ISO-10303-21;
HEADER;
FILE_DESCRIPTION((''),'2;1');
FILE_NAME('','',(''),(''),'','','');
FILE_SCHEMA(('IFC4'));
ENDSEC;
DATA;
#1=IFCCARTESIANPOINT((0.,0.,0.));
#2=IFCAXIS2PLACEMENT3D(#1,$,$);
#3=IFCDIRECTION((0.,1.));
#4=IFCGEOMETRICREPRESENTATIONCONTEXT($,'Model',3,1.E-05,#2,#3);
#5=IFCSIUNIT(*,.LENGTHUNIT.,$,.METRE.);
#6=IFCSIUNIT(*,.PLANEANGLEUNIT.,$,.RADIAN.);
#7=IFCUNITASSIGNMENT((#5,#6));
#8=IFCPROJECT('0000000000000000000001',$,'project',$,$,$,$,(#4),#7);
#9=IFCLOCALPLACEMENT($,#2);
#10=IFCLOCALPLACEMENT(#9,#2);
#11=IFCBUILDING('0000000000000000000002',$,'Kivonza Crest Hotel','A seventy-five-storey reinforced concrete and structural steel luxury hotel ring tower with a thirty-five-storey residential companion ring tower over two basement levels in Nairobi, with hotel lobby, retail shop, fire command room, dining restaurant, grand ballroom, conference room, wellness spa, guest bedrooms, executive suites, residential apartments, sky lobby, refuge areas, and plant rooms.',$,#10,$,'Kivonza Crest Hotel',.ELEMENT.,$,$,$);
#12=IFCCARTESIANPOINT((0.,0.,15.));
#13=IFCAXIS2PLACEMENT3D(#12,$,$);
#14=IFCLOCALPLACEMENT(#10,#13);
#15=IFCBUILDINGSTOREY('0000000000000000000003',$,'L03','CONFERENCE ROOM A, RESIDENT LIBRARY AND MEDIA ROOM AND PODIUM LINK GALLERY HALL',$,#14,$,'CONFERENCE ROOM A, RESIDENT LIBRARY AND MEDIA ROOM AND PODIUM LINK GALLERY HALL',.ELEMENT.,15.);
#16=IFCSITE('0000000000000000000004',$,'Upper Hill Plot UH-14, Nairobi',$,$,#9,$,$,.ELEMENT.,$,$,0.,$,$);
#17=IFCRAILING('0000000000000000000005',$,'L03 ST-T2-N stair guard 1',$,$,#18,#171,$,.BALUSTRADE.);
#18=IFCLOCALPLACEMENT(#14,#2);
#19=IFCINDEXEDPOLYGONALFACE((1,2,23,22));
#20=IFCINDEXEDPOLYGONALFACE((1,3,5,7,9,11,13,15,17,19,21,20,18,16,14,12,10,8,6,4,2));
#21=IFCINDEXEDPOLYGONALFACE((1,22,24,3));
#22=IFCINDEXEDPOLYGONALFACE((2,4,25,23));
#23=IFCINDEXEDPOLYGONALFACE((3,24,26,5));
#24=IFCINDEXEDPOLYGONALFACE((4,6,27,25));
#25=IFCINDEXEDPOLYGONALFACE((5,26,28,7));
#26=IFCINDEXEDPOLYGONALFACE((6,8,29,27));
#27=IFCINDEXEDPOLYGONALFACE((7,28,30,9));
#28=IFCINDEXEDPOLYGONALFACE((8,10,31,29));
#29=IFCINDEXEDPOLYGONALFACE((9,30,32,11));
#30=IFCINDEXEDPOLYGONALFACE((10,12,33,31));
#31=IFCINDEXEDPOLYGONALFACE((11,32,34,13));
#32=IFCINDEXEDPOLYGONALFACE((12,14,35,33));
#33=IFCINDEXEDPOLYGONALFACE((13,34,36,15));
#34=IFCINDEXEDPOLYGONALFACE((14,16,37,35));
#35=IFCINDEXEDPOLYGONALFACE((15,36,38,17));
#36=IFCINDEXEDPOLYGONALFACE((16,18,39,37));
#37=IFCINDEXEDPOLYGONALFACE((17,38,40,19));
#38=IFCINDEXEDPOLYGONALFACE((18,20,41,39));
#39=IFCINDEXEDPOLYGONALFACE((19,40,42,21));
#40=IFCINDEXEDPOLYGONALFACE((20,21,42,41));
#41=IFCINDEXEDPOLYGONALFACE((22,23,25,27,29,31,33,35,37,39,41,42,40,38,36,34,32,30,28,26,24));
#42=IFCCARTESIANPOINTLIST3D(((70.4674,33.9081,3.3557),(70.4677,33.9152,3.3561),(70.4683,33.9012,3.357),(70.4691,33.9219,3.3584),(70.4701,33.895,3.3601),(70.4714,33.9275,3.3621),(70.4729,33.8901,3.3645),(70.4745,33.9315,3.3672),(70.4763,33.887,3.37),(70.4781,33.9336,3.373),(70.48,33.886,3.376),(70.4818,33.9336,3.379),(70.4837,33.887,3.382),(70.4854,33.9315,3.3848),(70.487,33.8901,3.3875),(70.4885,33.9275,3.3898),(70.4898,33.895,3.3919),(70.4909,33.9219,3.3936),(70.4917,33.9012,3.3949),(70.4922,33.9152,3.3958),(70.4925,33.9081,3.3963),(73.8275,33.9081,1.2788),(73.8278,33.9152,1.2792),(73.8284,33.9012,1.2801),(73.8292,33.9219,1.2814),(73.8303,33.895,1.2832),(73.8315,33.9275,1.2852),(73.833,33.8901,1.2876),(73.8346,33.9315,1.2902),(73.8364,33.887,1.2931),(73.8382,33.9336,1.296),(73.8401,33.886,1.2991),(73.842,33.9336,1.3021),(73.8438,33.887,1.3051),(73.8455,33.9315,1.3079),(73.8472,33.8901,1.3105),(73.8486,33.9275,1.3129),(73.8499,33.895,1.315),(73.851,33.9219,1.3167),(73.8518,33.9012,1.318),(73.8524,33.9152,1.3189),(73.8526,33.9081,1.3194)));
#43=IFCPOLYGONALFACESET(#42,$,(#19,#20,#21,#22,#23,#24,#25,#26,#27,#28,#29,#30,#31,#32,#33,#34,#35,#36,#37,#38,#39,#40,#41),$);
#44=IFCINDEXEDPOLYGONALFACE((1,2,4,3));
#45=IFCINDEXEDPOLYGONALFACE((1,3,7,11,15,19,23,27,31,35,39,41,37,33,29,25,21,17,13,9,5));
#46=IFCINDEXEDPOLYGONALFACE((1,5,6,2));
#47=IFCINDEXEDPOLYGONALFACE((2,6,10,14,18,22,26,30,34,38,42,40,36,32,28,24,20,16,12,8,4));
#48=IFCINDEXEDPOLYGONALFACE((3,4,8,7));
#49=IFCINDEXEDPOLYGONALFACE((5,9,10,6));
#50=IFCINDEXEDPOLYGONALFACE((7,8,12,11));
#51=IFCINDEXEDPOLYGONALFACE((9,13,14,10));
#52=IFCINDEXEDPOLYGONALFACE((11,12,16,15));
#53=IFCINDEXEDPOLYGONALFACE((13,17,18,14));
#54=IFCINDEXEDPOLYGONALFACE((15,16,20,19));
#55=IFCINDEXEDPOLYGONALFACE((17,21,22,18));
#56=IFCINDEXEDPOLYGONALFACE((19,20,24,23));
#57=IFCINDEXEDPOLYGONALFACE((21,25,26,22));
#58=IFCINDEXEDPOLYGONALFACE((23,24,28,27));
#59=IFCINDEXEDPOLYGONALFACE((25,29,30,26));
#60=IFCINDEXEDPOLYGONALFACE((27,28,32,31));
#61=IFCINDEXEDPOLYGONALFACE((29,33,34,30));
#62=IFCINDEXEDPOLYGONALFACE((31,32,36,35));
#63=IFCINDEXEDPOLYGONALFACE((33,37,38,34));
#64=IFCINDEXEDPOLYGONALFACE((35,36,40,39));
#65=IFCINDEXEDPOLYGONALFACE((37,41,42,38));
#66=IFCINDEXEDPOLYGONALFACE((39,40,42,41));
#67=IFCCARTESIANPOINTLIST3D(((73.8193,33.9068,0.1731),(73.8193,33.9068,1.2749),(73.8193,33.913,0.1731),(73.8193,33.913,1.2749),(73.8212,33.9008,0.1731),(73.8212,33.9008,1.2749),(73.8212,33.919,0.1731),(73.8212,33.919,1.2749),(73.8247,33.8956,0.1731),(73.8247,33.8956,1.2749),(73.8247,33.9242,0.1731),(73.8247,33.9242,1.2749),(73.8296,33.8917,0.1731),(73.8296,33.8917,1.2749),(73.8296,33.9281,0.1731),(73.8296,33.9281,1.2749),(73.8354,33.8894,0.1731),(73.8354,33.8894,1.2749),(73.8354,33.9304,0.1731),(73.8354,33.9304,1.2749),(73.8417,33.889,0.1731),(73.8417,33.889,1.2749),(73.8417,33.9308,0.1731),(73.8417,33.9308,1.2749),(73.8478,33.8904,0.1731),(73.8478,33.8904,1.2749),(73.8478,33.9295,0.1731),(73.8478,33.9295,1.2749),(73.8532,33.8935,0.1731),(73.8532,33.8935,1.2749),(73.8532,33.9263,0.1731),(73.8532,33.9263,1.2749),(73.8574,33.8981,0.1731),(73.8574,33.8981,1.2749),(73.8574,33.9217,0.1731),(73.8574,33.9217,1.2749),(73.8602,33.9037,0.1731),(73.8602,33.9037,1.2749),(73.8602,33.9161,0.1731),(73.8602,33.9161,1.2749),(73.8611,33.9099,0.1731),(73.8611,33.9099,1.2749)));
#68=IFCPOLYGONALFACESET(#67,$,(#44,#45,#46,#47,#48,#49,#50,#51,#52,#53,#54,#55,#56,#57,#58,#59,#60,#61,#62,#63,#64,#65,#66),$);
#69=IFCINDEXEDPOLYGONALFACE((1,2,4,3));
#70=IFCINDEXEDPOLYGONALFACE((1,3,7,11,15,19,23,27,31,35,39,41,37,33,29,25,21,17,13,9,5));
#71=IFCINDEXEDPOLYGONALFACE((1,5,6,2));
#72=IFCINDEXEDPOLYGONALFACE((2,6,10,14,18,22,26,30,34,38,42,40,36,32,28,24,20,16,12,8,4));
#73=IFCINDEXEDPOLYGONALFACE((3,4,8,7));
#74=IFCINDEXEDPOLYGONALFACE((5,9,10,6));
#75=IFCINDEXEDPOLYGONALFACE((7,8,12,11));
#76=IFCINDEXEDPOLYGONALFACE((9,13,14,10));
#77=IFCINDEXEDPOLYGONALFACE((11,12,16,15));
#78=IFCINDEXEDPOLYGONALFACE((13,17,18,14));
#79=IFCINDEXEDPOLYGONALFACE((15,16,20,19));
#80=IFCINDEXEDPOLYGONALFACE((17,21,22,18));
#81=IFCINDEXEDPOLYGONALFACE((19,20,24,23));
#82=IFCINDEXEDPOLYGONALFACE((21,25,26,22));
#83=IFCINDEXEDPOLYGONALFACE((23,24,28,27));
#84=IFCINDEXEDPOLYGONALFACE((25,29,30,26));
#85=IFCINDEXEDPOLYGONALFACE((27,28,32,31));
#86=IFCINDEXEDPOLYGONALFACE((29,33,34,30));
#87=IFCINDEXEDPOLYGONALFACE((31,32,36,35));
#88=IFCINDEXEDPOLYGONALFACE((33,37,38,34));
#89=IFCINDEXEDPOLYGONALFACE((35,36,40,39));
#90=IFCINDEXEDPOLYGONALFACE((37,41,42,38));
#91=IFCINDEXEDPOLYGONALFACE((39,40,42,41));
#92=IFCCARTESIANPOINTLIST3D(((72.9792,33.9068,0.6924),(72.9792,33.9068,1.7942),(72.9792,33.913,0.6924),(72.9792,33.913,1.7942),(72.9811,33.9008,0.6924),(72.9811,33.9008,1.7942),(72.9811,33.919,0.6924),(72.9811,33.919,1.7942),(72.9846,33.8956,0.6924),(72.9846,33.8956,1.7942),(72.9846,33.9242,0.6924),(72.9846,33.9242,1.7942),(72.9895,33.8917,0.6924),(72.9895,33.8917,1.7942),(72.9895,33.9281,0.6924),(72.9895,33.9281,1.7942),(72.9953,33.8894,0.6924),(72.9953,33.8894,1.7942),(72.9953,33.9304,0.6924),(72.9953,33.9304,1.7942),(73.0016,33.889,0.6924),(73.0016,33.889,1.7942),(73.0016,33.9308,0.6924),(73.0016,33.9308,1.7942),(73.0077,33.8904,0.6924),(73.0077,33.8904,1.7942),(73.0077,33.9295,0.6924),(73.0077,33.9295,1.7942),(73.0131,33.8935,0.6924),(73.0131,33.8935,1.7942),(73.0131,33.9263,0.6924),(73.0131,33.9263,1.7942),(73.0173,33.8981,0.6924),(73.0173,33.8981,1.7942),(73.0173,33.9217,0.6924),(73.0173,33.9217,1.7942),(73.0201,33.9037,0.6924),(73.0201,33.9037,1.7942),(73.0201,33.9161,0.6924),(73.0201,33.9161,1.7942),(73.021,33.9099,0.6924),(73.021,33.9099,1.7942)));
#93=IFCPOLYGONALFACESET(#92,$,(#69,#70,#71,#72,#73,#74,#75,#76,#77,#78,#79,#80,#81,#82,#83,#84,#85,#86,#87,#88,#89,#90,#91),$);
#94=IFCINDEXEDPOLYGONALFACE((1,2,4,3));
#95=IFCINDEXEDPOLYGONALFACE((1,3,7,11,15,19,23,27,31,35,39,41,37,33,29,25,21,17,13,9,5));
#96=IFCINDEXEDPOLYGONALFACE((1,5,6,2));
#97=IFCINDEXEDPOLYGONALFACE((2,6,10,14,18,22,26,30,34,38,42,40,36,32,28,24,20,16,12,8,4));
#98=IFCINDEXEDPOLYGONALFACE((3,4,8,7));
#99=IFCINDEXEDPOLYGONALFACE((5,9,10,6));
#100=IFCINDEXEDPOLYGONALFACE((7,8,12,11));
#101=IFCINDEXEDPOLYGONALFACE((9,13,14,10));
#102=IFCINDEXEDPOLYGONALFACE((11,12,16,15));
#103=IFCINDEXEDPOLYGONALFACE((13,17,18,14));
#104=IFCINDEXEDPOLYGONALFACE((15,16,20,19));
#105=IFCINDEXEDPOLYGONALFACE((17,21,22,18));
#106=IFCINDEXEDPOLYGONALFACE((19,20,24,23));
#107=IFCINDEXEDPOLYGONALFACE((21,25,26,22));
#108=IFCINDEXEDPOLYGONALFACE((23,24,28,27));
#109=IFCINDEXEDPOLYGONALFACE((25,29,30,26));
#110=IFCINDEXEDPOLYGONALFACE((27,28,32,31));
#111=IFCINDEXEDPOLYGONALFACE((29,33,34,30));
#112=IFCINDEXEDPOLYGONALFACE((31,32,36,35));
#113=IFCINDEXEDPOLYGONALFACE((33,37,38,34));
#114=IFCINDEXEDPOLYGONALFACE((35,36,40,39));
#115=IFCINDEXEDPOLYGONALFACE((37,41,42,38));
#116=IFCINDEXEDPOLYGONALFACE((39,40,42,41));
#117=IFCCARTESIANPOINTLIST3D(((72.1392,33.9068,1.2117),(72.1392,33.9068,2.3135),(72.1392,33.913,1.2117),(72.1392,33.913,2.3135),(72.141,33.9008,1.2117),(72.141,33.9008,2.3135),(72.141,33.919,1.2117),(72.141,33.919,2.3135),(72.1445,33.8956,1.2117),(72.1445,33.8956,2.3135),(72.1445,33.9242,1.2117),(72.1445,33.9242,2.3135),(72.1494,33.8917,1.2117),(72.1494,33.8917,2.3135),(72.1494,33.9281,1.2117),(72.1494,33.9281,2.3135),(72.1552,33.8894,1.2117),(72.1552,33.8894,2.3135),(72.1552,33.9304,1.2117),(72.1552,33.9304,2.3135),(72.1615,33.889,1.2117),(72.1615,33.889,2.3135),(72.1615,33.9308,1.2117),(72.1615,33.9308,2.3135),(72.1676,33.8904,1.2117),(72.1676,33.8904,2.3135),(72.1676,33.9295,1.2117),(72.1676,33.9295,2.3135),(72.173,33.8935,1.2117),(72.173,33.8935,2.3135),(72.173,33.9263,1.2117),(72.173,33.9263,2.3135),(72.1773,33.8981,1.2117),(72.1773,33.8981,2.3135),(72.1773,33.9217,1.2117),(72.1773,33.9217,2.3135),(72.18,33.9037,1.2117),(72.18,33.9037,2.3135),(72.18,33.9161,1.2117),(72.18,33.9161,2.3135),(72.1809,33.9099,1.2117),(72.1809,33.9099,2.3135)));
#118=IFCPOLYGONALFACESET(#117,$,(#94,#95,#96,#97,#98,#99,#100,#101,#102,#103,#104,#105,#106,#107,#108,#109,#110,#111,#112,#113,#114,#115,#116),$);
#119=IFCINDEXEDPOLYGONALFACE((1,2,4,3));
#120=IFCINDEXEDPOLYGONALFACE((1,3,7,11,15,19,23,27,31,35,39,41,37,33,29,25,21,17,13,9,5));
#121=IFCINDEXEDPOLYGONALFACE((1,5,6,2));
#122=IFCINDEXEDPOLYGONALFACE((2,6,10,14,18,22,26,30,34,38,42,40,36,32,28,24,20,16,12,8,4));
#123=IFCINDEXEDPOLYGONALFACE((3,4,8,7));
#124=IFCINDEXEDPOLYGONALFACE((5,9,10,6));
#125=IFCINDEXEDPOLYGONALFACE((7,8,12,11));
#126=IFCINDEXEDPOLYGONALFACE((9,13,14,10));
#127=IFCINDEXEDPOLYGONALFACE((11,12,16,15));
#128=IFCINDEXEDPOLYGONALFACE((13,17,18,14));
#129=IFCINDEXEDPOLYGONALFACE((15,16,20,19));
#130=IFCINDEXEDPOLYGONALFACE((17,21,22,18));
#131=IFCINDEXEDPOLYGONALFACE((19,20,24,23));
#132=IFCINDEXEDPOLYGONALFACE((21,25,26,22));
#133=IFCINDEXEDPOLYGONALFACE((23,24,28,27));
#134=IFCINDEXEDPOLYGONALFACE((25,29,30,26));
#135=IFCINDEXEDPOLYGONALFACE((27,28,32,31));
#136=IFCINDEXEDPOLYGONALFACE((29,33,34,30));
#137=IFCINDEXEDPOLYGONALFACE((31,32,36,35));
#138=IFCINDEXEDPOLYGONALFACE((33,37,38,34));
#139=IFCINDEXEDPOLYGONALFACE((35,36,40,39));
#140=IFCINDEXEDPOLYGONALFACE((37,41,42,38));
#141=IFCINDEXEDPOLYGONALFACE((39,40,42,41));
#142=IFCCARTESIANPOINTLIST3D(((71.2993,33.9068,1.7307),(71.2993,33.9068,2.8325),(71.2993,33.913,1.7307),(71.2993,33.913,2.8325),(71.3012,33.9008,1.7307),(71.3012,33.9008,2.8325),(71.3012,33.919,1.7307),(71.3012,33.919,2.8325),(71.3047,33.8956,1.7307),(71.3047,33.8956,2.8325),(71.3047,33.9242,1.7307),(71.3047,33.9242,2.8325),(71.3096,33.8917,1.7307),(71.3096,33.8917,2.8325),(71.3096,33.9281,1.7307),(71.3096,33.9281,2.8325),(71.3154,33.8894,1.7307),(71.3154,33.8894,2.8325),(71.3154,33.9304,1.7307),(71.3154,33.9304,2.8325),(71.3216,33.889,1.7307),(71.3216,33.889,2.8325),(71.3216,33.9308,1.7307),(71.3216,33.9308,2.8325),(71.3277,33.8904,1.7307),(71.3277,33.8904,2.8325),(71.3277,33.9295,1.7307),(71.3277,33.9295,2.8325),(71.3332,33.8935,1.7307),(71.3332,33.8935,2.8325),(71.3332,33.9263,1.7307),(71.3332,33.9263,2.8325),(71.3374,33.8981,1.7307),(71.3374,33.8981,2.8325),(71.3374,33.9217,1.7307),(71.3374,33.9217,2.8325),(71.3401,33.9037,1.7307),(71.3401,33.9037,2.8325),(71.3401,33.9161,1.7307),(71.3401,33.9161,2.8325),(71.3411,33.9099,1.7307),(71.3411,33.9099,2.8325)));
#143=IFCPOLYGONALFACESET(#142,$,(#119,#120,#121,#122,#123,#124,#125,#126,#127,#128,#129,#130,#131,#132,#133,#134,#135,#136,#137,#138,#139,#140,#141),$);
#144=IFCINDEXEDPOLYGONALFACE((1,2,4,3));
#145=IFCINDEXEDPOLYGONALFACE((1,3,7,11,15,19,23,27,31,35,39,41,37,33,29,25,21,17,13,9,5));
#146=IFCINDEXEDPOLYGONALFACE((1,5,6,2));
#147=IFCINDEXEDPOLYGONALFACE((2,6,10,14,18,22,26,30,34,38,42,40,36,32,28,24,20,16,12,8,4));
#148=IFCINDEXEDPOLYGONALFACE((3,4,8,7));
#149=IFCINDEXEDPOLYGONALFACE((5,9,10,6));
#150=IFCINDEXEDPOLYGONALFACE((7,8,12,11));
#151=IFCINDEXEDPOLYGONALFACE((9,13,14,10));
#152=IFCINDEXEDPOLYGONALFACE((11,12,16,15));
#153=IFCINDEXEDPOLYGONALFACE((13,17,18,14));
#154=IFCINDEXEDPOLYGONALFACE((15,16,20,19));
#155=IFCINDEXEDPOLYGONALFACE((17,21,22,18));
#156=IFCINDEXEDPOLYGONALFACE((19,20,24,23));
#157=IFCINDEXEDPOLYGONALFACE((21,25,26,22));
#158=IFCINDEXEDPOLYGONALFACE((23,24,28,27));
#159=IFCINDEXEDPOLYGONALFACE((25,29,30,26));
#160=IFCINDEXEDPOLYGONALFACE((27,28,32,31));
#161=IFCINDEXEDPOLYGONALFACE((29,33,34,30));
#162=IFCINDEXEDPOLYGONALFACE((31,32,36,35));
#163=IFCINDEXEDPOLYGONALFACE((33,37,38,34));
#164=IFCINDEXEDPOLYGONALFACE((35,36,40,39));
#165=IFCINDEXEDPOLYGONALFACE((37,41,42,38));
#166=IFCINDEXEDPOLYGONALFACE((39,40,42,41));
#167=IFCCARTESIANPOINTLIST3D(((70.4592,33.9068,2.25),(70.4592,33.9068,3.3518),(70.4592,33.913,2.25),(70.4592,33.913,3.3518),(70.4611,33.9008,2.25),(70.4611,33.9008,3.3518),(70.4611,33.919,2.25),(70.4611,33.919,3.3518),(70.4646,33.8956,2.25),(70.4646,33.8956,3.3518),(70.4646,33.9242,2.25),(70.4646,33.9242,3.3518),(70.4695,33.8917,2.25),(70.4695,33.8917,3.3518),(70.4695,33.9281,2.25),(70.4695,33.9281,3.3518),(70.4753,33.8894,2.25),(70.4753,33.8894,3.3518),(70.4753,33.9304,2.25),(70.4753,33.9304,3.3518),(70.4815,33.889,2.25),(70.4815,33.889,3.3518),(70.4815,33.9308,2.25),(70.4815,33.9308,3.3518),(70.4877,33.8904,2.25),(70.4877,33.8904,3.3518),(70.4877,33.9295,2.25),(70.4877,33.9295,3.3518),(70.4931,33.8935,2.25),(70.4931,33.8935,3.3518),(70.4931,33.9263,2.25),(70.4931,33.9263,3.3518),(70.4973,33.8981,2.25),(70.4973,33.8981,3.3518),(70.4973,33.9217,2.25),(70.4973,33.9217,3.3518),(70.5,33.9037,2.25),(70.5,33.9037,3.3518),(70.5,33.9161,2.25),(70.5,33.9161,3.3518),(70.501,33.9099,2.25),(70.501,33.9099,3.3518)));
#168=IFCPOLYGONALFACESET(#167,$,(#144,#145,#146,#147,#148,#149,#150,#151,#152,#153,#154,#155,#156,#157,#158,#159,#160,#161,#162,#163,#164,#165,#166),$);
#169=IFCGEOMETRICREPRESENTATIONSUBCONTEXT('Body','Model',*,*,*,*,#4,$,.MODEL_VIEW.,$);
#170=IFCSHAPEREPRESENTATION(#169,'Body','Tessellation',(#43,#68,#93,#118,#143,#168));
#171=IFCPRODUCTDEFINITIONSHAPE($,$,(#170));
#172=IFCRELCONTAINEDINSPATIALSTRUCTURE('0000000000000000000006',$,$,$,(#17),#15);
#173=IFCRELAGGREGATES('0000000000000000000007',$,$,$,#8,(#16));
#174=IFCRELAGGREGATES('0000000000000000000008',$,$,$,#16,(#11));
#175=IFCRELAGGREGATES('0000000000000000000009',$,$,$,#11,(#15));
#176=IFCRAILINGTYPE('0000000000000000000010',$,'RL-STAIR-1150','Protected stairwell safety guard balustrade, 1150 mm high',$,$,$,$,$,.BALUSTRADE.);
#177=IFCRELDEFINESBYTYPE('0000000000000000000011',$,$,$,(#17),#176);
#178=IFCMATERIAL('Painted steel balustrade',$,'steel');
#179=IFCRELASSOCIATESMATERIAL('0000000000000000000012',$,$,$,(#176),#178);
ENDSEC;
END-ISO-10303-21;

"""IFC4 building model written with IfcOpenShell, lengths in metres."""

from ifc_helpers import new_model, si_unit, direction, frame, origin, origin_2d, place, context, subcontext, project, spatial, circle, extrude, material, type_object, element, save


model = new_model("IFC4")

# Units and contexts
model_context = context("Model", 3, precision=1e-05, world=origin(), true_north=direction((0.0, 1.0)))
body_context = subcontext(model_context, "Body", "Model", "MODEL_VIEW")
ifc_project = project(units=[si_unit("LENGTHUNIT", "METRE"), si_unit("PLANEANGLEUNIT", "RADIAN")], contexts=[model_context])

# Site, building, storey
site_placement = place(None, origin())
site = spatial("IfcSite", under=ifc_project, at=site_placement, Name="Upper Hill Plot UH-14, Nairobi", CompositionType="ELEMENT", RefElevation=0.0)
building_placement = place(site_placement, origin())
building = spatial("IfcBuilding", under=site, at=building_placement, Name="Kivonza Crest Hotel", Description="A seventy-five-storey reinforced concrete and structural steel luxury hotel ring tower with a thirty-five-storey residential companion ring tower over two basement levels in Nairobi, with hotel lobby, retail shop, fire command room, dining restaurant, grand ballroom, conference room, wellness spa, guest bedrooms, executive suites, residential apartments, sky lobby, refuge areas, and plant rooms.", LongName="Kivonza Crest Hotel", CompositionType="ELEMENT")
storey_placement = place(building_placement, frame((0.0, 0.0, 15.0)))
storey = spatial("IfcBuildingStorey", under=building, at=storey_placement, Name="L03", Description="CONFERENCE ROOM A, RESIDENT LIBRARY AND MEDIA ROOM AND PODIUM LINK GALLERY HALL", LongName="CONFERENCE ROOM A, RESIDENT LIBRARY AND MEDIA ROOM AND PODIUM LINK GALLERY HALL", CompositionType="ELEMENT", Elevation=15.0)

# Railing
ifc_material_1 = material(Name="Painted steel balustrade", Category="steel")
railing_type_1 = type_object("IfcRailingType", Name="RL-STAIR-1150", Description="Protected stairwell safety guard balustrade, 1150 mm high", PredefinedType="BALUSTRADE", material=ifc_material_1)
railing_1_placement = place(storey_placement, frame((73.8401, 33.9099, 0.1731)))
element("IfcRailing", 1, at=railing_1_placement, inside=storey, type_object=railing_type_1, Name="L03 ST-T2-N stair guard 1", PredefinedType="BALUSTRADE", context=body_context, shape_type="SweptSolid", body=[
    extrude(circle(Radius=0.0239, at=origin_2d()), frame((0.0, 0.0, 1.126), z_axis=(-0.850623, 0.0, 0.525776), x_axis=(0.0, -1.0, 0.0)), (0.0, 0.0, 1.0), 3.9502),
    extrude(circle(Radius=0.021, at=origin_2d()), origin(), (0.0, 0.0, 1.0), 1.1018),
    extrude(circle(Radius=0.021, at=origin_2d()), frame((-0.8401, 0.0, 0.5193)), (0.0, 0.0, 1.0), 1.1018),
    extrude(circle(Radius=0.021, at=origin_2d()), frame((-1.6802, 0.0, 1.0386)), (0.0, 0.0, 1.0), 1.1018),
    extrude(circle(Radius=0.021, at=origin_2d()), frame((-2.52, 0.0, 1.5576)), (0.0, 0.0, 1.0), 1.1018),
    extrude(circle(Radius=0.021, at=origin_2d()), frame((-3.3601, 0.0, 2.0769)), (0.0, 0.0, 1.0), 1.1018),
])

save(model, "model.ifc")
